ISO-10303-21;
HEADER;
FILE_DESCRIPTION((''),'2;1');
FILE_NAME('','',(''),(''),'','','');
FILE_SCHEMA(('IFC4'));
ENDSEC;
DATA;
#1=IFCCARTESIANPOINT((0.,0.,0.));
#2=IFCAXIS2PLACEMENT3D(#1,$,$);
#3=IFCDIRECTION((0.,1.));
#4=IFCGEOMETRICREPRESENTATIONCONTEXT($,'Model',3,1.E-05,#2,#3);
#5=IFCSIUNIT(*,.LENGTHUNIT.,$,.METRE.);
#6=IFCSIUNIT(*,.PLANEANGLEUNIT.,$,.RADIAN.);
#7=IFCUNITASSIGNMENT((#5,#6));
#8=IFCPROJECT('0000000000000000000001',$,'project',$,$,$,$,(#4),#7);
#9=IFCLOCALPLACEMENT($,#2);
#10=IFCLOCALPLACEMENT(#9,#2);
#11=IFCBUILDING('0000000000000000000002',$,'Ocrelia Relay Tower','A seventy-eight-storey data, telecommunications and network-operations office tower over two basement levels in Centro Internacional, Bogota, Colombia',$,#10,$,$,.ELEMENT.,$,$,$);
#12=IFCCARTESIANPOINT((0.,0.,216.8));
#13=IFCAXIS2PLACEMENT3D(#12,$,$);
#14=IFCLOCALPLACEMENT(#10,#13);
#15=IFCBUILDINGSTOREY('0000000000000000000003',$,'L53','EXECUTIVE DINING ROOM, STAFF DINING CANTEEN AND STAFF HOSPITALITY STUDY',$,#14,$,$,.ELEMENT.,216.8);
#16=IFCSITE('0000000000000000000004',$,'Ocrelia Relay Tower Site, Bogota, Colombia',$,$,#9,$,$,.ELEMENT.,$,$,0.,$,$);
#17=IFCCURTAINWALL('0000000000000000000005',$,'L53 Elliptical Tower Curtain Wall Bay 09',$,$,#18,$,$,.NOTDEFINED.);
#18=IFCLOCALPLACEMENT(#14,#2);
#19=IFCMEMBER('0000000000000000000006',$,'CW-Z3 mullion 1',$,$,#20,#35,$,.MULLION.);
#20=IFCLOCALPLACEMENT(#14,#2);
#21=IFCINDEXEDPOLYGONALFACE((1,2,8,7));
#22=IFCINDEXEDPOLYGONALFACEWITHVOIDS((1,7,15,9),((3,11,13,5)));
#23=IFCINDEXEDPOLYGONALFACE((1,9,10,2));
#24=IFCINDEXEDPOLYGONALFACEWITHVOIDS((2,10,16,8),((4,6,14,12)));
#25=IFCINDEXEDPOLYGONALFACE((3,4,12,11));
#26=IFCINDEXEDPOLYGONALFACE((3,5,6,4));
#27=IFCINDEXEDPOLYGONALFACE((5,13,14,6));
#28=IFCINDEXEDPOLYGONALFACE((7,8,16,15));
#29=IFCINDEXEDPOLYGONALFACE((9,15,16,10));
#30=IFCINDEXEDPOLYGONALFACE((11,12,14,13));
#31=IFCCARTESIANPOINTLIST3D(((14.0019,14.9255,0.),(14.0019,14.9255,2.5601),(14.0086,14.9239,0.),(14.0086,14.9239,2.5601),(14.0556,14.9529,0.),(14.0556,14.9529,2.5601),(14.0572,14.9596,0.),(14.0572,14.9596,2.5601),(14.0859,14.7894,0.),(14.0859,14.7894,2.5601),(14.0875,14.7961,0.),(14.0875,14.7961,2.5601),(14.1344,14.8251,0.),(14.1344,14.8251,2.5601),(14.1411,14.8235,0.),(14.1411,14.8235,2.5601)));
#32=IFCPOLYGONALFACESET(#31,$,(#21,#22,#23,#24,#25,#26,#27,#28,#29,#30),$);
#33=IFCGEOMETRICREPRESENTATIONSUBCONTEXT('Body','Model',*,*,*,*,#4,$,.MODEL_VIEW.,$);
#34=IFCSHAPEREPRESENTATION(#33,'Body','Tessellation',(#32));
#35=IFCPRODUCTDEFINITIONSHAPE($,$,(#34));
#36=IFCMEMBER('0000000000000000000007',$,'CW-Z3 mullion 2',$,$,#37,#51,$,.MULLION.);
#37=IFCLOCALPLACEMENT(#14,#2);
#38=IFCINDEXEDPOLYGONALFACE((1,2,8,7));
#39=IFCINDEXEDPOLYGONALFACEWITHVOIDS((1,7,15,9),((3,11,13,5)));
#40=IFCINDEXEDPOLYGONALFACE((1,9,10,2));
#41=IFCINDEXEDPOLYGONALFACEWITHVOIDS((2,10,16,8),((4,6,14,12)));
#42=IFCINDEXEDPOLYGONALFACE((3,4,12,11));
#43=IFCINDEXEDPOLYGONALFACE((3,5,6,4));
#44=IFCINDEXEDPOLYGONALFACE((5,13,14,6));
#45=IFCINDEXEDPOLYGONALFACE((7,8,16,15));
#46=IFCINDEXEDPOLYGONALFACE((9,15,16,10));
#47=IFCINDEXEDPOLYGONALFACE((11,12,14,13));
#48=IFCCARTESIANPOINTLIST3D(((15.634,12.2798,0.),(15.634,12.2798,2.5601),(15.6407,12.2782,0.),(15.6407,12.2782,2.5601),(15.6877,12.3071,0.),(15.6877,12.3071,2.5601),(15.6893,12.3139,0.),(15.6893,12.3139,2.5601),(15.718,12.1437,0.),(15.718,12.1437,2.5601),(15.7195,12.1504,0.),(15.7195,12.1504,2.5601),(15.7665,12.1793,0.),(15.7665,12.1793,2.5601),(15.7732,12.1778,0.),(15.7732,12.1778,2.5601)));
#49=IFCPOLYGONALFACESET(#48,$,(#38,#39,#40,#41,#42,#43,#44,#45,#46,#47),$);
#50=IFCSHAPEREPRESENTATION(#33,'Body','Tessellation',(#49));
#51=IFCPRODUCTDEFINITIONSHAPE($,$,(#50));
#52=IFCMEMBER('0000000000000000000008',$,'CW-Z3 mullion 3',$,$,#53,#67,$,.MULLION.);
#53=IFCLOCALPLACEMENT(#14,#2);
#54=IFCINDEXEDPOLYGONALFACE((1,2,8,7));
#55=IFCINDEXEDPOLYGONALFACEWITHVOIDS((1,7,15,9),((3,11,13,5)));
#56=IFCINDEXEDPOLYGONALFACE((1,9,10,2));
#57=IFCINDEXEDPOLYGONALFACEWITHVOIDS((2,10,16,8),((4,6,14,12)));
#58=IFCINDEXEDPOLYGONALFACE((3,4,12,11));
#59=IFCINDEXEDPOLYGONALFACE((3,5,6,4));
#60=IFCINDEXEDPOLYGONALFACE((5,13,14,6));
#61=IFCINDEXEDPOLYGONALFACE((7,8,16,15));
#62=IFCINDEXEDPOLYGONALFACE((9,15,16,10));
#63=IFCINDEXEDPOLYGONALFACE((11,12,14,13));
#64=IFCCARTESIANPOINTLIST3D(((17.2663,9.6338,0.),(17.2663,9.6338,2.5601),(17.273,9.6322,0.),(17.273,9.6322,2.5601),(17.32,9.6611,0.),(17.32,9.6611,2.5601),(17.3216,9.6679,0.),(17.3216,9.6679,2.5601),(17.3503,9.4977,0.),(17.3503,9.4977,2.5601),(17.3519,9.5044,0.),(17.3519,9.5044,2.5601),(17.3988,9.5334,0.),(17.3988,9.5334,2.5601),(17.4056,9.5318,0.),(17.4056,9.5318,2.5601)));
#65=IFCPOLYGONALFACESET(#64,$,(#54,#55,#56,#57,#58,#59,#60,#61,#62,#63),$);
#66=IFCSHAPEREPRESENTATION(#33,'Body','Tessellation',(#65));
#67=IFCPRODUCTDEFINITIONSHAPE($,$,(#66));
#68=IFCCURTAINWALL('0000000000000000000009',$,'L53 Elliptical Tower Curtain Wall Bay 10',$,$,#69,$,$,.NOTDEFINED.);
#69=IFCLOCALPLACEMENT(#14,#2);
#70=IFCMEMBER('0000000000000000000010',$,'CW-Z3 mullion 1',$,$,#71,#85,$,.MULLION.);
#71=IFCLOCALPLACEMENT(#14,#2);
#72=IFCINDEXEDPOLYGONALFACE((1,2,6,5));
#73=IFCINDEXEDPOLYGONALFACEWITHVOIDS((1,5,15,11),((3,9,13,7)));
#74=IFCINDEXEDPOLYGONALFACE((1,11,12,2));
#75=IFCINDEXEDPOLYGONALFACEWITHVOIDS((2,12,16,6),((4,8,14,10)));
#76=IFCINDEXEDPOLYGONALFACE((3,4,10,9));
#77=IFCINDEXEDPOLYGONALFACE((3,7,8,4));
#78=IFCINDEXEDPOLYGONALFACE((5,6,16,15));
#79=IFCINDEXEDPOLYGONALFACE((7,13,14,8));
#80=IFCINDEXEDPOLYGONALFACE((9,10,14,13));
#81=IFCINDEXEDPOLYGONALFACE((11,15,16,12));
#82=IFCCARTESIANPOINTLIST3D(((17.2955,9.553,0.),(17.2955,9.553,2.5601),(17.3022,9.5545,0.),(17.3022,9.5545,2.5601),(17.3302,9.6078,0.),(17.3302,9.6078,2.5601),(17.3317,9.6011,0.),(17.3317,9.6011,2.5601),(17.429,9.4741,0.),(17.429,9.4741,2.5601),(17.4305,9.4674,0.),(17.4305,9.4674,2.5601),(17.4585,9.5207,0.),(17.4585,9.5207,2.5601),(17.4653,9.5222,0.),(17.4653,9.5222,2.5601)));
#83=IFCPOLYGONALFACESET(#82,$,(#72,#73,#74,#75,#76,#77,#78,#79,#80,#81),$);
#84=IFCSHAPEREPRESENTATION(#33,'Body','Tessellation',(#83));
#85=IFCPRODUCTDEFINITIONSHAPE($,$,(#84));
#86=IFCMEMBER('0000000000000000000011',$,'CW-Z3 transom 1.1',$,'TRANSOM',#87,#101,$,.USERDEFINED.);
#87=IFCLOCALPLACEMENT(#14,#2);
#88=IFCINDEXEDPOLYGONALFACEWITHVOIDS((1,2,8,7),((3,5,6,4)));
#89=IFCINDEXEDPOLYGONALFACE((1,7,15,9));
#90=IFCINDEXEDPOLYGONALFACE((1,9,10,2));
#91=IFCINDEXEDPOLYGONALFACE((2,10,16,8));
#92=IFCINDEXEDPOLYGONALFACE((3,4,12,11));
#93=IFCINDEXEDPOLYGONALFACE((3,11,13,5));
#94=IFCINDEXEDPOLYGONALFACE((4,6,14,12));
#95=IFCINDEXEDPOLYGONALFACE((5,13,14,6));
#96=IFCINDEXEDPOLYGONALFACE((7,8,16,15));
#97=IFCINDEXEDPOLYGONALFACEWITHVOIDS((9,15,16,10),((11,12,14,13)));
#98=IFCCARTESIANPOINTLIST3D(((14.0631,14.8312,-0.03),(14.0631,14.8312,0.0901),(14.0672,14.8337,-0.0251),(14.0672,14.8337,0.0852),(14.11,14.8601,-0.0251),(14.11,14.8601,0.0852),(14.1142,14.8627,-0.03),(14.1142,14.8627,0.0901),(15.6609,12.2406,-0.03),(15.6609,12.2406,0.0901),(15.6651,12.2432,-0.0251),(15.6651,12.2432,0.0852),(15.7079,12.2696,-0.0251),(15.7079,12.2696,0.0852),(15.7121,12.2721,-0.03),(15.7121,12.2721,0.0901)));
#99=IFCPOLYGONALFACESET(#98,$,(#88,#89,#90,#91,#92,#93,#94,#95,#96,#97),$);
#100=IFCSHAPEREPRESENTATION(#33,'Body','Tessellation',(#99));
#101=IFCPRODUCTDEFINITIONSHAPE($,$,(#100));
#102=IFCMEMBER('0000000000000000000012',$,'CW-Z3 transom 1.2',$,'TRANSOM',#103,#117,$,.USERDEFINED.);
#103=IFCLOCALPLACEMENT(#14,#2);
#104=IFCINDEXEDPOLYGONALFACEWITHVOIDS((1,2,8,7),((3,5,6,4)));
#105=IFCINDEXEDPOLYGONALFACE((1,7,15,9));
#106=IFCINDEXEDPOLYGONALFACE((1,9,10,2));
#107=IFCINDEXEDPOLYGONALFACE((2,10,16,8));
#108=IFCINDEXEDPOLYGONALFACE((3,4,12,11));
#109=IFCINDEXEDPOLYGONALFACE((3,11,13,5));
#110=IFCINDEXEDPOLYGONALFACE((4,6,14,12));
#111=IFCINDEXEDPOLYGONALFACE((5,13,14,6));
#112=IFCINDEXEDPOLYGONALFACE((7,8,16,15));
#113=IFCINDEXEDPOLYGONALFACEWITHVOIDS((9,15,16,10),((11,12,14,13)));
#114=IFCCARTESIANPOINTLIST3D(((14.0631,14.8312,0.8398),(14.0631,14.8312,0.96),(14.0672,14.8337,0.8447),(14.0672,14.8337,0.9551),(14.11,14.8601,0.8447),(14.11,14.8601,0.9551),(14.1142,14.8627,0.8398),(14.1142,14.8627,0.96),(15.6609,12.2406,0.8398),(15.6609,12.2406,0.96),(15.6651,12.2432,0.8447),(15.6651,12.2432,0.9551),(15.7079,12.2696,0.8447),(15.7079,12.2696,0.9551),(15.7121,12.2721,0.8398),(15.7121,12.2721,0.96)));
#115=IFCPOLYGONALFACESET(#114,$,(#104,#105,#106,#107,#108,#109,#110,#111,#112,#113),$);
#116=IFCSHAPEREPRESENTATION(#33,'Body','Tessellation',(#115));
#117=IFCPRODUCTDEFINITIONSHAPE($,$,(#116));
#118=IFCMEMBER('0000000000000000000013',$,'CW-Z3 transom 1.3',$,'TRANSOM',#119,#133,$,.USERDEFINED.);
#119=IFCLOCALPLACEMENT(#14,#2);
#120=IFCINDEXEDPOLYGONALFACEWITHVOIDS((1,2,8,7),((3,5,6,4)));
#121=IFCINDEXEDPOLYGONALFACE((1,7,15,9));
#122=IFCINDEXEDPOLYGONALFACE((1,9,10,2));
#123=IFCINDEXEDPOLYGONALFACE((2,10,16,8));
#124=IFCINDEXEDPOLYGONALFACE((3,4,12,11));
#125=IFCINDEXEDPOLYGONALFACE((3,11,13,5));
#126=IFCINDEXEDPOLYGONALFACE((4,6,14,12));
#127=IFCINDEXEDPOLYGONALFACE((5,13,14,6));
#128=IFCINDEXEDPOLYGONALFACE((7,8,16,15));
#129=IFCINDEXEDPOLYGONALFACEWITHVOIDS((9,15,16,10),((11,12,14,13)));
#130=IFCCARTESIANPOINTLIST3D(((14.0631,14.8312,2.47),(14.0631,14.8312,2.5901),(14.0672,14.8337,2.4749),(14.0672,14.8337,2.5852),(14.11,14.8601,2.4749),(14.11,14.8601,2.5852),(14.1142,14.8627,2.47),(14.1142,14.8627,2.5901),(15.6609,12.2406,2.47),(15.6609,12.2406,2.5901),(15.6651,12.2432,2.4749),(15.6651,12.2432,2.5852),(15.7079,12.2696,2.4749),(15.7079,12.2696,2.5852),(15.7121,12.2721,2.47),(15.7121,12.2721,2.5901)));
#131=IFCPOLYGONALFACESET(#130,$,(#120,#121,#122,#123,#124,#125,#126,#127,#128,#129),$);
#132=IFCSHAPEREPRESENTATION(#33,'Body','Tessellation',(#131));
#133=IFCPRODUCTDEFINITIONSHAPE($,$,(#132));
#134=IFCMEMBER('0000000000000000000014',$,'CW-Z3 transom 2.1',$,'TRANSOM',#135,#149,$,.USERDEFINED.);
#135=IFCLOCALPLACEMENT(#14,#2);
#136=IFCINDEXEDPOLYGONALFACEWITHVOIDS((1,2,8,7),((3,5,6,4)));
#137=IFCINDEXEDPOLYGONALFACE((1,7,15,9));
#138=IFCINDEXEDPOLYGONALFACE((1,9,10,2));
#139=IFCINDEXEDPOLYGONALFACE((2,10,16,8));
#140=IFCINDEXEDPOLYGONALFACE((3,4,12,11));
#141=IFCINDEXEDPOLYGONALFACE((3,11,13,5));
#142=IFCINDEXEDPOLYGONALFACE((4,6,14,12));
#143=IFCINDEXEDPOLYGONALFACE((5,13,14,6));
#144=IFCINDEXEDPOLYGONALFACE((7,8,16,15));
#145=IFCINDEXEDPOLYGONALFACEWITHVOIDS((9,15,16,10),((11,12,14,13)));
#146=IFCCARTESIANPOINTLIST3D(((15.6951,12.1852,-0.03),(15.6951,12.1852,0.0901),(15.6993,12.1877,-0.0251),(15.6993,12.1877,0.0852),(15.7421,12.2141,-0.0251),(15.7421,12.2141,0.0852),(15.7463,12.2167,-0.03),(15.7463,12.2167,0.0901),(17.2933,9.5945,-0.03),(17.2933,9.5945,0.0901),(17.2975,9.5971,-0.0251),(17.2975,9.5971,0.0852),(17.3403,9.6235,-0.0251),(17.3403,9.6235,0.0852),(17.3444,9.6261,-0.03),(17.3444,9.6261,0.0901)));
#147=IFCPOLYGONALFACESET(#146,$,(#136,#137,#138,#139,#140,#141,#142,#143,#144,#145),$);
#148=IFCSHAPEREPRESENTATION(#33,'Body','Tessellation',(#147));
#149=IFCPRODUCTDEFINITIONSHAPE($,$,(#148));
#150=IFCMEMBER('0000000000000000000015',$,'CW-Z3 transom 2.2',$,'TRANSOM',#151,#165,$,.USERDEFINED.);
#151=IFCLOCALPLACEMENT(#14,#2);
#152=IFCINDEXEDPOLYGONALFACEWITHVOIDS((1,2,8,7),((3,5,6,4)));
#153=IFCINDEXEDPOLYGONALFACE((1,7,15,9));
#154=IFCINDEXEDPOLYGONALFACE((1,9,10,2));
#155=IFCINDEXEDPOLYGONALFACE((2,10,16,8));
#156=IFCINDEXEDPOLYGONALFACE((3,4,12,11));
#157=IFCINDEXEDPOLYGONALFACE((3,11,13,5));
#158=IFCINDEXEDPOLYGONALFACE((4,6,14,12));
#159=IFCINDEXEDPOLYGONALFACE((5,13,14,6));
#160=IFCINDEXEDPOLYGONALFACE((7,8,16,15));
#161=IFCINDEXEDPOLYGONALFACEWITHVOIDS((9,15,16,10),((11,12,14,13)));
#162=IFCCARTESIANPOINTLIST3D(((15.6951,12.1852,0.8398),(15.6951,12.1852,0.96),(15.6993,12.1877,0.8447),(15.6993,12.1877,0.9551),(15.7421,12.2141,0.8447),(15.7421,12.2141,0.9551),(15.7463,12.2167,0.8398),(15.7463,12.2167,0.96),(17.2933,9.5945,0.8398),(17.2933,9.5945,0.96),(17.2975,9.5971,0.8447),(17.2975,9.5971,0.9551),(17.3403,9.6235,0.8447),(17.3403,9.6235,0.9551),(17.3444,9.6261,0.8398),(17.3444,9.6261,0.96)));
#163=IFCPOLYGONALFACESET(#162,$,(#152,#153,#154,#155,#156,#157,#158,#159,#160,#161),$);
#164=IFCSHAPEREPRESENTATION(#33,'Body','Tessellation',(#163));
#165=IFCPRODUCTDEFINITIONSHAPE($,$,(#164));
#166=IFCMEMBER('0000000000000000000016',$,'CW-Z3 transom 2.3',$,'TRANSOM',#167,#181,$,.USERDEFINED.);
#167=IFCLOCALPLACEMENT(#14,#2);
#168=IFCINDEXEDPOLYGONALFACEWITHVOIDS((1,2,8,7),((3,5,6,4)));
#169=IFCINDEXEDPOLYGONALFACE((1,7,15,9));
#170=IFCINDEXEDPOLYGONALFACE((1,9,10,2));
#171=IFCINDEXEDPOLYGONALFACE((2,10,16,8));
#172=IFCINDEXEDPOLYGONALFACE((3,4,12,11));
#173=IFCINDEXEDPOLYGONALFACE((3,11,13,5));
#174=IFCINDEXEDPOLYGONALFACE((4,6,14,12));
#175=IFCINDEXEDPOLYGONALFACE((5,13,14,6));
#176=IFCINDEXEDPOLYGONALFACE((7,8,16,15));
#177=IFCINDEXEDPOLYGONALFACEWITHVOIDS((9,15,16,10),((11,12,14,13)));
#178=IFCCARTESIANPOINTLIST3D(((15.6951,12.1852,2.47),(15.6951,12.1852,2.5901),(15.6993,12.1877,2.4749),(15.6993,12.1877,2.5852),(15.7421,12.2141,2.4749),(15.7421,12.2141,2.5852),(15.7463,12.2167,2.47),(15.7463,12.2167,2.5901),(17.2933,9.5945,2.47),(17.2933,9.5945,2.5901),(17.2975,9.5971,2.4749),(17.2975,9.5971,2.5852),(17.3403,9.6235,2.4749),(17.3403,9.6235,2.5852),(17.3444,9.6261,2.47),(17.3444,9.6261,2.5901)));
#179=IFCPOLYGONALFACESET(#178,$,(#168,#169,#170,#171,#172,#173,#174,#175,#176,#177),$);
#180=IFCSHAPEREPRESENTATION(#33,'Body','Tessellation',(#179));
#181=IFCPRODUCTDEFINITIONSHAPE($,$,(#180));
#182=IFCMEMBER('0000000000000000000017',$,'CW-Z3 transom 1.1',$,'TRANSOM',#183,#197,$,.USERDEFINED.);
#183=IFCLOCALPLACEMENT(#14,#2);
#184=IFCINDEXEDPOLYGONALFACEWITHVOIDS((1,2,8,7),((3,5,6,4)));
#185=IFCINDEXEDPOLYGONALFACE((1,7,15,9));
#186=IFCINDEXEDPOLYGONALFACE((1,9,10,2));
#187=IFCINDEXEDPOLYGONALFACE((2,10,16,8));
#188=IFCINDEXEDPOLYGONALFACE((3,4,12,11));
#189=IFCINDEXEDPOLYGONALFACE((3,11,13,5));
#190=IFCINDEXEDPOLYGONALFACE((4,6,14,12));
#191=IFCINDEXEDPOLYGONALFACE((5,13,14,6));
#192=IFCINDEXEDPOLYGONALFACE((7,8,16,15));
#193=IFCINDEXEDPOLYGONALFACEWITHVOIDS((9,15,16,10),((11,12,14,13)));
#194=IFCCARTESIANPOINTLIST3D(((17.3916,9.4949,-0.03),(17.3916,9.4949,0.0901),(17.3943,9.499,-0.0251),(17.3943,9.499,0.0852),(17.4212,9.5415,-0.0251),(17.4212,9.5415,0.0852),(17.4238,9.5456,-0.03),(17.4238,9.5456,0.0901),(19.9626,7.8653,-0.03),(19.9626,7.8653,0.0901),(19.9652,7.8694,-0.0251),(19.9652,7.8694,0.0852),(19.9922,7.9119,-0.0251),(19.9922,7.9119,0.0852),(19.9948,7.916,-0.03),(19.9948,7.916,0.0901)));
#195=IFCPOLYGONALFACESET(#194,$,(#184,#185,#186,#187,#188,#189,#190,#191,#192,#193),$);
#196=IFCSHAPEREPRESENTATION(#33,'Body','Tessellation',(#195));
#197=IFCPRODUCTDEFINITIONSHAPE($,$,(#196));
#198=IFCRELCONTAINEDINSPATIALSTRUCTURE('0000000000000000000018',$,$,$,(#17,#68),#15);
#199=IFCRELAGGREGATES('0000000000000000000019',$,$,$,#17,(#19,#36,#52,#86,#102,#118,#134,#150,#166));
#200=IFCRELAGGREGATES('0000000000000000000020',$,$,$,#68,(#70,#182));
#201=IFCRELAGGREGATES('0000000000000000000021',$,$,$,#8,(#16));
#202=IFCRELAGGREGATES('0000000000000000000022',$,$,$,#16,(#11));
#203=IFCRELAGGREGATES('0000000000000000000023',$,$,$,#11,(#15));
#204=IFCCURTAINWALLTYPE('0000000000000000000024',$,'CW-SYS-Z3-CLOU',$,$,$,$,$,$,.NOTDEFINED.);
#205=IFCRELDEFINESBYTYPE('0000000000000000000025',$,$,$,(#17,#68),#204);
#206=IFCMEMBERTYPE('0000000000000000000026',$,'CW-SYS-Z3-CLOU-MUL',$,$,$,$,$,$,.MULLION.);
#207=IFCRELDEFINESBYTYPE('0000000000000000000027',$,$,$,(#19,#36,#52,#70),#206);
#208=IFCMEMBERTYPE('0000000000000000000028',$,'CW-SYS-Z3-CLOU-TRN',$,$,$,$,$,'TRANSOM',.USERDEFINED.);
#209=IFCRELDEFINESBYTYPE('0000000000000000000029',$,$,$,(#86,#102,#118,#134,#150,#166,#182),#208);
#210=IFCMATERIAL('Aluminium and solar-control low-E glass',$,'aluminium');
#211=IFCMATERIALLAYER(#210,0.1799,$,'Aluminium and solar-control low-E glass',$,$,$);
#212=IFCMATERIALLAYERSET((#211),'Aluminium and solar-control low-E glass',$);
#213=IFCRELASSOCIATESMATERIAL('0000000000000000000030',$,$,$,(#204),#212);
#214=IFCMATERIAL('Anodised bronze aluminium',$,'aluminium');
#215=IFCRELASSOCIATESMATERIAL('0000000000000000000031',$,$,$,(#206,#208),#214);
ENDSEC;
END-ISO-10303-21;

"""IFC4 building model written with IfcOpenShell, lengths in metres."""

from ifc_helpers import new_model, si_unit, direction, frame, origin, origin_2d, place, context, subcontext, project, spatial, hollow_rectangle, extrude, material, layer, layer_set, material_profile, profile_set, type_object, element, aggregate, save


model = new_model("IFC4")

# Units and contexts
model_context = context("Model", 3, precision=1e-05, world=origin(), true_north=direction((0.0, 1.0)))
body_context = subcontext(model_context, "Body", "Model", "MODEL_VIEW")
ifc_project = project(units=[si_unit("LENGTHUNIT", "METRE"), si_unit("PLANEANGLEUNIT", "RADIAN")], contexts=[model_context])

# Site, building, storey
site_placement = place(None, origin())
site = spatial("IfcSite", under=ifc_project, at=site_placement, Name="Ocrelia Relay Tower Site, Bogota, Colombia", CompositionType="ELEMENT", RefElevation=0.0)
building_placement = place(site_placement, origin())
building = spatial("IfcBuilding", under=site, at=building_placement, Name="Ocrelia Relay Tower", Description="A seventy-eight-storey data, telecommunications and network-operations office tower over two basement levels in Centro Internacional, Bogota, Colombia", CompositionType="ELEMENT")
storey_placement = place(building_placement, frame((0.0, 0.0, 216.8)))
storey = spatial("IfcBuildingStorey", under=building, at=storey_placement, Name="L53", Description="EXECUTIVE DINING ROOM, STAFF DINING CANTEEN AND STAFF HOSPITALITY STUDY", CompositionType="ELEMENT", Elevation=216.8)

# Curtain wall, members
ifc_material_1 = material(Name="Aluminium and solar-control low-E glass", Category="aluminium")
ifc_layer_1 = layer(ifc_material_1, 0.1799, Name="Aluminium and solar-control low-E glass")
ifc_layer_set_1 = layer_set([ifc_layer_1], Name="Aluminium and solar-control low-E glass")
curtain_wall_type = type_object("IfcCurtainWallType", Name="CW-SYS-Z3-CLOU", PredefinedType="NOTDEFINED", material=ifc_layer_set_1)
curtain_wall_1_placement = place(storey_placement, origin())
curtain_wall_1 = element("IfcCurtainWall", 1, at=curtain_wall_1_placement, inside=storey, type_object=curtain_wall_type, Name="L53 Elliptical Tower Curtain Wall Bay 09", PredefinedType="NOTDEFINED")
ifc_material_2 = material(Name="Anodised bronze aluminium", Category="aluminium")
ifc_material_profile_1 = material_profile(ifc_material_2, hollow_rectangle(XDim=0.0649, YDim=0.1599, WallThickness=0.0049, at=origin_2d()), Name="CW-MUL-160x65")
ifc_profile_set_1 = profile_set([ifc_material_profile_1], Name="Anodised bronze aluminium")
member_type_1 = type_object("IfcMemberType", Name="CW-SYS-Z3-CLOU-MUL", PredefinedType="MULLION", material=ifc_profile_set_1)
member_1_placement = place(storey_placement, frame((14.0715, 14.8745, 0.0), z_axis=(0.0, 0.0, 1.0), x_axis=(0.851091, 0.525018, 0.0)))
member_1 = element("IfcMember", 2, at=member_1_placement, type_object=member_type_1, Name="CW-Z3 mullion 1", PredefinedType="MULLION", context=body_context, shape_type="SweptSolid", body=[
    extrude(hollow_rectangle(XDim=0.0649, YDim=0.1599, WallThickness=0.0049, at=origin_2d()), origin(), (0.0, 0.0, 1.0), 2.5601),
])
member_2_placement = place(storey_placement, frame((15.7036, 12.2288, 0.0), z_axis=(0.0, 0.0, 1.0), x_axis=(0.851091, 0.525018, 0.0)))
member_2 = element("IfcMember", 3, at=member_2_placement, type_object=member_type_1, Name="CW-Z3 mullion 2", PredefinedType="MULLION", context=body_context, shape_type="SweptSolid", body=[
    extrude(hollow_rectangle(XDim=0.0649, YDim=0.1599, WallThickness=0.0049, at=origin_2d()), origin(), (0.0, 0.0, 1.0), 2.5601),
])
member_3_placement = place(storey_placement, frame((17.3359, 9.5828, 0.0), z_axis=(0.0, 0.0, 1.0), x_axis=(0.851091, 0.525018, 0.0)))
member_3 = element("IfcMember", 4, at=member_3_placement, type_object=member_type_1, Name="CW-Z3 mullion 3", PredefinedType="MULLION", context=body_context, shape_type="SweptSolid", body=[
    extrude(hollow_rectangle(XDim=0.0649, YDim=0.1599, WallThickness=0.0049, at=origin_2d()), origin(), (0.0, 0.0, 1.0), 2.5601),
])

# Curtain wall, member
curtain_wall_2_placement = place(storey_placement, origin())
curtain_wall_2 = element("IfcCurtainWall", 5, at=curtain_wall_2_placement, inside=storey, type_object=curtain_wall_type, Name="L53 Elliptical Tower Curtain Wall Bay 10", PredefinedType="NOTDEFINED")
member_4_placement = place(storey_placement, frame((17.3804, 9.5376, 0.0), z_axis=(0.0, 0.0, 1.0), x_axis=(0.535383, 0.844609, 0.0)))
member_4 = element("IfcMember", 6, at=member_4_placement, type_object=member_type_1, Name="CW-Z3 mullion 1", PredefinedType="MULLION", context=body_context, shape_type="SweptSolid", body=[
    extrude(hollow_rectangle(XDim=0.0649, YDim=0.1599, WallThickness=0.0049, at=origin_2d()), origin(), (0.0, 0.0, 1.0), 2.5601),
])

# Members
ifc_material_profile_2 = material_profile(ifc_material_2, hollow_rectangle(XDim=0.0601, YDim=0.1201, WallThickness=0.0049, at=origin_2d()), Name="CW-TRN-120x60")
ifc_profile_set_2 = profile_set([ifc_material_profile_2], Name="Anodised bronze aluminium")
member_type_2 = type_object("IfcMemberType", Name="CW-SYS-Z3-CLOU-TRN", ElementType="TRANSOM", PredefinedType="USERDEFINED", material=ifc_profile_set_2)
member_5_placement = place(storey_placement, frame((14.0886, 14.8469, 0.03), z_axis=(0.524979, -0.851115, 0.0), x_axis=(0.851115, 0.524979, 0.0)))
member_5 = element("IfcMember", 7, at=member_5_placement, type_object=member_type_2, Name="CW-Z3 transom 1.1", ObjectType="TRANSOM", PredefinedType="USERDEFINED", context=body_context, shape_type="SweptSolid", body=[
    extrude(hollow_rectangle(XDim=0.0601, YDim=0.1201, WallThickness=0.0049, at=origin_2d()), origin(), (0.0, 0.0, 1.0), 3.0437),
])
member_6_placement = place(storey_placement, frame((14.0886, 14.8469, 0.8999), z_axis=(0.524979, -0.851115, 0.0), x_axis=(0.851115, 0.524979, 0.0)))
member_6 = element("IfcMember", 8, at=member_6_placement, type_object=member_type_2, Name="CW-Z3 transom 1.2", ObjectType="TRANSOM", PredefinedType="USERDEFINED", context=body_context, shape_type="SweptSolid", body=[
    extrude(hollow_rectangle(XDim=0.0601, YDim=0.1201, WallThickness=0.0049, at=origin_2d()), origin(), (0.0, 0.0, 1.0), 3.0437),
])
member_7_placement = place(storey_placement, frame((14.0886, 14.8469, 2.53), z_axis=(0.524979, -0.851115, 0.0), x_axis=(0.851115, 0.524979, 0.0)))
member_7 = element("IfcMember", 9, at=member_7_placement, type_object=member_type_2, Name="CW-Z3 transom 1.3", ObjectType="TRANSOM", PredefinedType="USERDEFINED", context=body_context, shape_type="SweptSolid", body=[
    extrude(hollow_rectangle(XDim=0.0601, YDim=0.1201, WallThickness=0.0049, at=origin_2d()), origin(), (0.0, 0.0, 1.0), 3.0437),
])
member_8_placement = place(storey_placement, frame((15.7207, 12.2009, 0.03), z_axis=(0.525037, -0.851079, 0.0), x_axis=(0.851079, 0.525037, 0.0)))
member_8 = element("IfcMember", 10, at=member_8_placement, type_object=member_type_2, Name="CW-Z3 transom 2.1", ObjectType="TRANSOM", PredefinedType="USERDEFINED", context=body_context, shape_type="SweptSolid", body=[
    extrude(hollow_rectangle(XDim=0.0601, YDim=0.1201, WallThickness=0.0049, at=origin_2d()), origin(), (0.0, 0.0, 1.0), 3.0439),
])
member_9_placement = place(storey_placement, frame((15.7207, 12.2009, 0.8999), z_axis=(0.525037, -0.851079, 0.0), x_axis=(0.851079, 0.525037, 0.0)))
member_9 = element("IfcMember", 11, at=member_9_placement, type_object=member_type_2, Name="CW-Z3 transom 2.2", ObjectType="TRANSOM", PredefinedType="USERDEFINED", context=body_context, shape_type="SweptSolid", body=[
    extrude(hollow_rectangle(XDim=0.0601, YDim=0.1201, WallThickness=0.0049, at=origin_2d()), origin(), (0.0, 0.0, 1.0), 3.0439),
])
member_10_placement = place(storey_placement, frame((15.7207, 12.2009, 2.53), z_axis=(0.525037, -0.851079, 0.0), x_axis=(0.851079, 0.525037, 0.0)))
member_10 = element("IfcMember", 12, at=member_10_placement, type_object=member_type_2, Name="CW-Z3 transom 2.3", ObjectType="TRANSOM", PredefinedType="USERDEFINED", context=body_context, shape_type="SweptSolid", body=[
    extrude(hollow_rectangle(XDim=0.0601, YDim=0.1201, WallThickness=0.0049, at=origin_2d()), origin(), (0.0, 0.0, 1.0), 3.0439),
])
member_11_placement = place(storey_placement, frame((17.4077, 9.5203, 0.03), z_axis=(0.844624, -0.535359, 0.0), x_axis=(0.535359, 0.844624, 0.0)))
member_11 = element("IfcMember", 13, at=member_11_placement, type_object=member_type_2, Name="CW-Z3 transom 1.1", ObjectType="TRANSOM", PredefinedType="USERDEFINED", context=body_context, shape_type="SweptSolid", body=[
    extrude(hollow_rectangle(XDim=0.0601, YDim=0.1201, WallThickness=0.0049, at=origin_2d()), origin(), (0.0, 0.0, 1.0), 3.0439),
])

aggregate(curtain_wall_1, [member_1, member_2, member_3, member_5, member_6, member_7, member_8, member_9, member_10])
aggregate(curtain_wall_2, [member_4, member_11])

save(model, "model.ifc")
